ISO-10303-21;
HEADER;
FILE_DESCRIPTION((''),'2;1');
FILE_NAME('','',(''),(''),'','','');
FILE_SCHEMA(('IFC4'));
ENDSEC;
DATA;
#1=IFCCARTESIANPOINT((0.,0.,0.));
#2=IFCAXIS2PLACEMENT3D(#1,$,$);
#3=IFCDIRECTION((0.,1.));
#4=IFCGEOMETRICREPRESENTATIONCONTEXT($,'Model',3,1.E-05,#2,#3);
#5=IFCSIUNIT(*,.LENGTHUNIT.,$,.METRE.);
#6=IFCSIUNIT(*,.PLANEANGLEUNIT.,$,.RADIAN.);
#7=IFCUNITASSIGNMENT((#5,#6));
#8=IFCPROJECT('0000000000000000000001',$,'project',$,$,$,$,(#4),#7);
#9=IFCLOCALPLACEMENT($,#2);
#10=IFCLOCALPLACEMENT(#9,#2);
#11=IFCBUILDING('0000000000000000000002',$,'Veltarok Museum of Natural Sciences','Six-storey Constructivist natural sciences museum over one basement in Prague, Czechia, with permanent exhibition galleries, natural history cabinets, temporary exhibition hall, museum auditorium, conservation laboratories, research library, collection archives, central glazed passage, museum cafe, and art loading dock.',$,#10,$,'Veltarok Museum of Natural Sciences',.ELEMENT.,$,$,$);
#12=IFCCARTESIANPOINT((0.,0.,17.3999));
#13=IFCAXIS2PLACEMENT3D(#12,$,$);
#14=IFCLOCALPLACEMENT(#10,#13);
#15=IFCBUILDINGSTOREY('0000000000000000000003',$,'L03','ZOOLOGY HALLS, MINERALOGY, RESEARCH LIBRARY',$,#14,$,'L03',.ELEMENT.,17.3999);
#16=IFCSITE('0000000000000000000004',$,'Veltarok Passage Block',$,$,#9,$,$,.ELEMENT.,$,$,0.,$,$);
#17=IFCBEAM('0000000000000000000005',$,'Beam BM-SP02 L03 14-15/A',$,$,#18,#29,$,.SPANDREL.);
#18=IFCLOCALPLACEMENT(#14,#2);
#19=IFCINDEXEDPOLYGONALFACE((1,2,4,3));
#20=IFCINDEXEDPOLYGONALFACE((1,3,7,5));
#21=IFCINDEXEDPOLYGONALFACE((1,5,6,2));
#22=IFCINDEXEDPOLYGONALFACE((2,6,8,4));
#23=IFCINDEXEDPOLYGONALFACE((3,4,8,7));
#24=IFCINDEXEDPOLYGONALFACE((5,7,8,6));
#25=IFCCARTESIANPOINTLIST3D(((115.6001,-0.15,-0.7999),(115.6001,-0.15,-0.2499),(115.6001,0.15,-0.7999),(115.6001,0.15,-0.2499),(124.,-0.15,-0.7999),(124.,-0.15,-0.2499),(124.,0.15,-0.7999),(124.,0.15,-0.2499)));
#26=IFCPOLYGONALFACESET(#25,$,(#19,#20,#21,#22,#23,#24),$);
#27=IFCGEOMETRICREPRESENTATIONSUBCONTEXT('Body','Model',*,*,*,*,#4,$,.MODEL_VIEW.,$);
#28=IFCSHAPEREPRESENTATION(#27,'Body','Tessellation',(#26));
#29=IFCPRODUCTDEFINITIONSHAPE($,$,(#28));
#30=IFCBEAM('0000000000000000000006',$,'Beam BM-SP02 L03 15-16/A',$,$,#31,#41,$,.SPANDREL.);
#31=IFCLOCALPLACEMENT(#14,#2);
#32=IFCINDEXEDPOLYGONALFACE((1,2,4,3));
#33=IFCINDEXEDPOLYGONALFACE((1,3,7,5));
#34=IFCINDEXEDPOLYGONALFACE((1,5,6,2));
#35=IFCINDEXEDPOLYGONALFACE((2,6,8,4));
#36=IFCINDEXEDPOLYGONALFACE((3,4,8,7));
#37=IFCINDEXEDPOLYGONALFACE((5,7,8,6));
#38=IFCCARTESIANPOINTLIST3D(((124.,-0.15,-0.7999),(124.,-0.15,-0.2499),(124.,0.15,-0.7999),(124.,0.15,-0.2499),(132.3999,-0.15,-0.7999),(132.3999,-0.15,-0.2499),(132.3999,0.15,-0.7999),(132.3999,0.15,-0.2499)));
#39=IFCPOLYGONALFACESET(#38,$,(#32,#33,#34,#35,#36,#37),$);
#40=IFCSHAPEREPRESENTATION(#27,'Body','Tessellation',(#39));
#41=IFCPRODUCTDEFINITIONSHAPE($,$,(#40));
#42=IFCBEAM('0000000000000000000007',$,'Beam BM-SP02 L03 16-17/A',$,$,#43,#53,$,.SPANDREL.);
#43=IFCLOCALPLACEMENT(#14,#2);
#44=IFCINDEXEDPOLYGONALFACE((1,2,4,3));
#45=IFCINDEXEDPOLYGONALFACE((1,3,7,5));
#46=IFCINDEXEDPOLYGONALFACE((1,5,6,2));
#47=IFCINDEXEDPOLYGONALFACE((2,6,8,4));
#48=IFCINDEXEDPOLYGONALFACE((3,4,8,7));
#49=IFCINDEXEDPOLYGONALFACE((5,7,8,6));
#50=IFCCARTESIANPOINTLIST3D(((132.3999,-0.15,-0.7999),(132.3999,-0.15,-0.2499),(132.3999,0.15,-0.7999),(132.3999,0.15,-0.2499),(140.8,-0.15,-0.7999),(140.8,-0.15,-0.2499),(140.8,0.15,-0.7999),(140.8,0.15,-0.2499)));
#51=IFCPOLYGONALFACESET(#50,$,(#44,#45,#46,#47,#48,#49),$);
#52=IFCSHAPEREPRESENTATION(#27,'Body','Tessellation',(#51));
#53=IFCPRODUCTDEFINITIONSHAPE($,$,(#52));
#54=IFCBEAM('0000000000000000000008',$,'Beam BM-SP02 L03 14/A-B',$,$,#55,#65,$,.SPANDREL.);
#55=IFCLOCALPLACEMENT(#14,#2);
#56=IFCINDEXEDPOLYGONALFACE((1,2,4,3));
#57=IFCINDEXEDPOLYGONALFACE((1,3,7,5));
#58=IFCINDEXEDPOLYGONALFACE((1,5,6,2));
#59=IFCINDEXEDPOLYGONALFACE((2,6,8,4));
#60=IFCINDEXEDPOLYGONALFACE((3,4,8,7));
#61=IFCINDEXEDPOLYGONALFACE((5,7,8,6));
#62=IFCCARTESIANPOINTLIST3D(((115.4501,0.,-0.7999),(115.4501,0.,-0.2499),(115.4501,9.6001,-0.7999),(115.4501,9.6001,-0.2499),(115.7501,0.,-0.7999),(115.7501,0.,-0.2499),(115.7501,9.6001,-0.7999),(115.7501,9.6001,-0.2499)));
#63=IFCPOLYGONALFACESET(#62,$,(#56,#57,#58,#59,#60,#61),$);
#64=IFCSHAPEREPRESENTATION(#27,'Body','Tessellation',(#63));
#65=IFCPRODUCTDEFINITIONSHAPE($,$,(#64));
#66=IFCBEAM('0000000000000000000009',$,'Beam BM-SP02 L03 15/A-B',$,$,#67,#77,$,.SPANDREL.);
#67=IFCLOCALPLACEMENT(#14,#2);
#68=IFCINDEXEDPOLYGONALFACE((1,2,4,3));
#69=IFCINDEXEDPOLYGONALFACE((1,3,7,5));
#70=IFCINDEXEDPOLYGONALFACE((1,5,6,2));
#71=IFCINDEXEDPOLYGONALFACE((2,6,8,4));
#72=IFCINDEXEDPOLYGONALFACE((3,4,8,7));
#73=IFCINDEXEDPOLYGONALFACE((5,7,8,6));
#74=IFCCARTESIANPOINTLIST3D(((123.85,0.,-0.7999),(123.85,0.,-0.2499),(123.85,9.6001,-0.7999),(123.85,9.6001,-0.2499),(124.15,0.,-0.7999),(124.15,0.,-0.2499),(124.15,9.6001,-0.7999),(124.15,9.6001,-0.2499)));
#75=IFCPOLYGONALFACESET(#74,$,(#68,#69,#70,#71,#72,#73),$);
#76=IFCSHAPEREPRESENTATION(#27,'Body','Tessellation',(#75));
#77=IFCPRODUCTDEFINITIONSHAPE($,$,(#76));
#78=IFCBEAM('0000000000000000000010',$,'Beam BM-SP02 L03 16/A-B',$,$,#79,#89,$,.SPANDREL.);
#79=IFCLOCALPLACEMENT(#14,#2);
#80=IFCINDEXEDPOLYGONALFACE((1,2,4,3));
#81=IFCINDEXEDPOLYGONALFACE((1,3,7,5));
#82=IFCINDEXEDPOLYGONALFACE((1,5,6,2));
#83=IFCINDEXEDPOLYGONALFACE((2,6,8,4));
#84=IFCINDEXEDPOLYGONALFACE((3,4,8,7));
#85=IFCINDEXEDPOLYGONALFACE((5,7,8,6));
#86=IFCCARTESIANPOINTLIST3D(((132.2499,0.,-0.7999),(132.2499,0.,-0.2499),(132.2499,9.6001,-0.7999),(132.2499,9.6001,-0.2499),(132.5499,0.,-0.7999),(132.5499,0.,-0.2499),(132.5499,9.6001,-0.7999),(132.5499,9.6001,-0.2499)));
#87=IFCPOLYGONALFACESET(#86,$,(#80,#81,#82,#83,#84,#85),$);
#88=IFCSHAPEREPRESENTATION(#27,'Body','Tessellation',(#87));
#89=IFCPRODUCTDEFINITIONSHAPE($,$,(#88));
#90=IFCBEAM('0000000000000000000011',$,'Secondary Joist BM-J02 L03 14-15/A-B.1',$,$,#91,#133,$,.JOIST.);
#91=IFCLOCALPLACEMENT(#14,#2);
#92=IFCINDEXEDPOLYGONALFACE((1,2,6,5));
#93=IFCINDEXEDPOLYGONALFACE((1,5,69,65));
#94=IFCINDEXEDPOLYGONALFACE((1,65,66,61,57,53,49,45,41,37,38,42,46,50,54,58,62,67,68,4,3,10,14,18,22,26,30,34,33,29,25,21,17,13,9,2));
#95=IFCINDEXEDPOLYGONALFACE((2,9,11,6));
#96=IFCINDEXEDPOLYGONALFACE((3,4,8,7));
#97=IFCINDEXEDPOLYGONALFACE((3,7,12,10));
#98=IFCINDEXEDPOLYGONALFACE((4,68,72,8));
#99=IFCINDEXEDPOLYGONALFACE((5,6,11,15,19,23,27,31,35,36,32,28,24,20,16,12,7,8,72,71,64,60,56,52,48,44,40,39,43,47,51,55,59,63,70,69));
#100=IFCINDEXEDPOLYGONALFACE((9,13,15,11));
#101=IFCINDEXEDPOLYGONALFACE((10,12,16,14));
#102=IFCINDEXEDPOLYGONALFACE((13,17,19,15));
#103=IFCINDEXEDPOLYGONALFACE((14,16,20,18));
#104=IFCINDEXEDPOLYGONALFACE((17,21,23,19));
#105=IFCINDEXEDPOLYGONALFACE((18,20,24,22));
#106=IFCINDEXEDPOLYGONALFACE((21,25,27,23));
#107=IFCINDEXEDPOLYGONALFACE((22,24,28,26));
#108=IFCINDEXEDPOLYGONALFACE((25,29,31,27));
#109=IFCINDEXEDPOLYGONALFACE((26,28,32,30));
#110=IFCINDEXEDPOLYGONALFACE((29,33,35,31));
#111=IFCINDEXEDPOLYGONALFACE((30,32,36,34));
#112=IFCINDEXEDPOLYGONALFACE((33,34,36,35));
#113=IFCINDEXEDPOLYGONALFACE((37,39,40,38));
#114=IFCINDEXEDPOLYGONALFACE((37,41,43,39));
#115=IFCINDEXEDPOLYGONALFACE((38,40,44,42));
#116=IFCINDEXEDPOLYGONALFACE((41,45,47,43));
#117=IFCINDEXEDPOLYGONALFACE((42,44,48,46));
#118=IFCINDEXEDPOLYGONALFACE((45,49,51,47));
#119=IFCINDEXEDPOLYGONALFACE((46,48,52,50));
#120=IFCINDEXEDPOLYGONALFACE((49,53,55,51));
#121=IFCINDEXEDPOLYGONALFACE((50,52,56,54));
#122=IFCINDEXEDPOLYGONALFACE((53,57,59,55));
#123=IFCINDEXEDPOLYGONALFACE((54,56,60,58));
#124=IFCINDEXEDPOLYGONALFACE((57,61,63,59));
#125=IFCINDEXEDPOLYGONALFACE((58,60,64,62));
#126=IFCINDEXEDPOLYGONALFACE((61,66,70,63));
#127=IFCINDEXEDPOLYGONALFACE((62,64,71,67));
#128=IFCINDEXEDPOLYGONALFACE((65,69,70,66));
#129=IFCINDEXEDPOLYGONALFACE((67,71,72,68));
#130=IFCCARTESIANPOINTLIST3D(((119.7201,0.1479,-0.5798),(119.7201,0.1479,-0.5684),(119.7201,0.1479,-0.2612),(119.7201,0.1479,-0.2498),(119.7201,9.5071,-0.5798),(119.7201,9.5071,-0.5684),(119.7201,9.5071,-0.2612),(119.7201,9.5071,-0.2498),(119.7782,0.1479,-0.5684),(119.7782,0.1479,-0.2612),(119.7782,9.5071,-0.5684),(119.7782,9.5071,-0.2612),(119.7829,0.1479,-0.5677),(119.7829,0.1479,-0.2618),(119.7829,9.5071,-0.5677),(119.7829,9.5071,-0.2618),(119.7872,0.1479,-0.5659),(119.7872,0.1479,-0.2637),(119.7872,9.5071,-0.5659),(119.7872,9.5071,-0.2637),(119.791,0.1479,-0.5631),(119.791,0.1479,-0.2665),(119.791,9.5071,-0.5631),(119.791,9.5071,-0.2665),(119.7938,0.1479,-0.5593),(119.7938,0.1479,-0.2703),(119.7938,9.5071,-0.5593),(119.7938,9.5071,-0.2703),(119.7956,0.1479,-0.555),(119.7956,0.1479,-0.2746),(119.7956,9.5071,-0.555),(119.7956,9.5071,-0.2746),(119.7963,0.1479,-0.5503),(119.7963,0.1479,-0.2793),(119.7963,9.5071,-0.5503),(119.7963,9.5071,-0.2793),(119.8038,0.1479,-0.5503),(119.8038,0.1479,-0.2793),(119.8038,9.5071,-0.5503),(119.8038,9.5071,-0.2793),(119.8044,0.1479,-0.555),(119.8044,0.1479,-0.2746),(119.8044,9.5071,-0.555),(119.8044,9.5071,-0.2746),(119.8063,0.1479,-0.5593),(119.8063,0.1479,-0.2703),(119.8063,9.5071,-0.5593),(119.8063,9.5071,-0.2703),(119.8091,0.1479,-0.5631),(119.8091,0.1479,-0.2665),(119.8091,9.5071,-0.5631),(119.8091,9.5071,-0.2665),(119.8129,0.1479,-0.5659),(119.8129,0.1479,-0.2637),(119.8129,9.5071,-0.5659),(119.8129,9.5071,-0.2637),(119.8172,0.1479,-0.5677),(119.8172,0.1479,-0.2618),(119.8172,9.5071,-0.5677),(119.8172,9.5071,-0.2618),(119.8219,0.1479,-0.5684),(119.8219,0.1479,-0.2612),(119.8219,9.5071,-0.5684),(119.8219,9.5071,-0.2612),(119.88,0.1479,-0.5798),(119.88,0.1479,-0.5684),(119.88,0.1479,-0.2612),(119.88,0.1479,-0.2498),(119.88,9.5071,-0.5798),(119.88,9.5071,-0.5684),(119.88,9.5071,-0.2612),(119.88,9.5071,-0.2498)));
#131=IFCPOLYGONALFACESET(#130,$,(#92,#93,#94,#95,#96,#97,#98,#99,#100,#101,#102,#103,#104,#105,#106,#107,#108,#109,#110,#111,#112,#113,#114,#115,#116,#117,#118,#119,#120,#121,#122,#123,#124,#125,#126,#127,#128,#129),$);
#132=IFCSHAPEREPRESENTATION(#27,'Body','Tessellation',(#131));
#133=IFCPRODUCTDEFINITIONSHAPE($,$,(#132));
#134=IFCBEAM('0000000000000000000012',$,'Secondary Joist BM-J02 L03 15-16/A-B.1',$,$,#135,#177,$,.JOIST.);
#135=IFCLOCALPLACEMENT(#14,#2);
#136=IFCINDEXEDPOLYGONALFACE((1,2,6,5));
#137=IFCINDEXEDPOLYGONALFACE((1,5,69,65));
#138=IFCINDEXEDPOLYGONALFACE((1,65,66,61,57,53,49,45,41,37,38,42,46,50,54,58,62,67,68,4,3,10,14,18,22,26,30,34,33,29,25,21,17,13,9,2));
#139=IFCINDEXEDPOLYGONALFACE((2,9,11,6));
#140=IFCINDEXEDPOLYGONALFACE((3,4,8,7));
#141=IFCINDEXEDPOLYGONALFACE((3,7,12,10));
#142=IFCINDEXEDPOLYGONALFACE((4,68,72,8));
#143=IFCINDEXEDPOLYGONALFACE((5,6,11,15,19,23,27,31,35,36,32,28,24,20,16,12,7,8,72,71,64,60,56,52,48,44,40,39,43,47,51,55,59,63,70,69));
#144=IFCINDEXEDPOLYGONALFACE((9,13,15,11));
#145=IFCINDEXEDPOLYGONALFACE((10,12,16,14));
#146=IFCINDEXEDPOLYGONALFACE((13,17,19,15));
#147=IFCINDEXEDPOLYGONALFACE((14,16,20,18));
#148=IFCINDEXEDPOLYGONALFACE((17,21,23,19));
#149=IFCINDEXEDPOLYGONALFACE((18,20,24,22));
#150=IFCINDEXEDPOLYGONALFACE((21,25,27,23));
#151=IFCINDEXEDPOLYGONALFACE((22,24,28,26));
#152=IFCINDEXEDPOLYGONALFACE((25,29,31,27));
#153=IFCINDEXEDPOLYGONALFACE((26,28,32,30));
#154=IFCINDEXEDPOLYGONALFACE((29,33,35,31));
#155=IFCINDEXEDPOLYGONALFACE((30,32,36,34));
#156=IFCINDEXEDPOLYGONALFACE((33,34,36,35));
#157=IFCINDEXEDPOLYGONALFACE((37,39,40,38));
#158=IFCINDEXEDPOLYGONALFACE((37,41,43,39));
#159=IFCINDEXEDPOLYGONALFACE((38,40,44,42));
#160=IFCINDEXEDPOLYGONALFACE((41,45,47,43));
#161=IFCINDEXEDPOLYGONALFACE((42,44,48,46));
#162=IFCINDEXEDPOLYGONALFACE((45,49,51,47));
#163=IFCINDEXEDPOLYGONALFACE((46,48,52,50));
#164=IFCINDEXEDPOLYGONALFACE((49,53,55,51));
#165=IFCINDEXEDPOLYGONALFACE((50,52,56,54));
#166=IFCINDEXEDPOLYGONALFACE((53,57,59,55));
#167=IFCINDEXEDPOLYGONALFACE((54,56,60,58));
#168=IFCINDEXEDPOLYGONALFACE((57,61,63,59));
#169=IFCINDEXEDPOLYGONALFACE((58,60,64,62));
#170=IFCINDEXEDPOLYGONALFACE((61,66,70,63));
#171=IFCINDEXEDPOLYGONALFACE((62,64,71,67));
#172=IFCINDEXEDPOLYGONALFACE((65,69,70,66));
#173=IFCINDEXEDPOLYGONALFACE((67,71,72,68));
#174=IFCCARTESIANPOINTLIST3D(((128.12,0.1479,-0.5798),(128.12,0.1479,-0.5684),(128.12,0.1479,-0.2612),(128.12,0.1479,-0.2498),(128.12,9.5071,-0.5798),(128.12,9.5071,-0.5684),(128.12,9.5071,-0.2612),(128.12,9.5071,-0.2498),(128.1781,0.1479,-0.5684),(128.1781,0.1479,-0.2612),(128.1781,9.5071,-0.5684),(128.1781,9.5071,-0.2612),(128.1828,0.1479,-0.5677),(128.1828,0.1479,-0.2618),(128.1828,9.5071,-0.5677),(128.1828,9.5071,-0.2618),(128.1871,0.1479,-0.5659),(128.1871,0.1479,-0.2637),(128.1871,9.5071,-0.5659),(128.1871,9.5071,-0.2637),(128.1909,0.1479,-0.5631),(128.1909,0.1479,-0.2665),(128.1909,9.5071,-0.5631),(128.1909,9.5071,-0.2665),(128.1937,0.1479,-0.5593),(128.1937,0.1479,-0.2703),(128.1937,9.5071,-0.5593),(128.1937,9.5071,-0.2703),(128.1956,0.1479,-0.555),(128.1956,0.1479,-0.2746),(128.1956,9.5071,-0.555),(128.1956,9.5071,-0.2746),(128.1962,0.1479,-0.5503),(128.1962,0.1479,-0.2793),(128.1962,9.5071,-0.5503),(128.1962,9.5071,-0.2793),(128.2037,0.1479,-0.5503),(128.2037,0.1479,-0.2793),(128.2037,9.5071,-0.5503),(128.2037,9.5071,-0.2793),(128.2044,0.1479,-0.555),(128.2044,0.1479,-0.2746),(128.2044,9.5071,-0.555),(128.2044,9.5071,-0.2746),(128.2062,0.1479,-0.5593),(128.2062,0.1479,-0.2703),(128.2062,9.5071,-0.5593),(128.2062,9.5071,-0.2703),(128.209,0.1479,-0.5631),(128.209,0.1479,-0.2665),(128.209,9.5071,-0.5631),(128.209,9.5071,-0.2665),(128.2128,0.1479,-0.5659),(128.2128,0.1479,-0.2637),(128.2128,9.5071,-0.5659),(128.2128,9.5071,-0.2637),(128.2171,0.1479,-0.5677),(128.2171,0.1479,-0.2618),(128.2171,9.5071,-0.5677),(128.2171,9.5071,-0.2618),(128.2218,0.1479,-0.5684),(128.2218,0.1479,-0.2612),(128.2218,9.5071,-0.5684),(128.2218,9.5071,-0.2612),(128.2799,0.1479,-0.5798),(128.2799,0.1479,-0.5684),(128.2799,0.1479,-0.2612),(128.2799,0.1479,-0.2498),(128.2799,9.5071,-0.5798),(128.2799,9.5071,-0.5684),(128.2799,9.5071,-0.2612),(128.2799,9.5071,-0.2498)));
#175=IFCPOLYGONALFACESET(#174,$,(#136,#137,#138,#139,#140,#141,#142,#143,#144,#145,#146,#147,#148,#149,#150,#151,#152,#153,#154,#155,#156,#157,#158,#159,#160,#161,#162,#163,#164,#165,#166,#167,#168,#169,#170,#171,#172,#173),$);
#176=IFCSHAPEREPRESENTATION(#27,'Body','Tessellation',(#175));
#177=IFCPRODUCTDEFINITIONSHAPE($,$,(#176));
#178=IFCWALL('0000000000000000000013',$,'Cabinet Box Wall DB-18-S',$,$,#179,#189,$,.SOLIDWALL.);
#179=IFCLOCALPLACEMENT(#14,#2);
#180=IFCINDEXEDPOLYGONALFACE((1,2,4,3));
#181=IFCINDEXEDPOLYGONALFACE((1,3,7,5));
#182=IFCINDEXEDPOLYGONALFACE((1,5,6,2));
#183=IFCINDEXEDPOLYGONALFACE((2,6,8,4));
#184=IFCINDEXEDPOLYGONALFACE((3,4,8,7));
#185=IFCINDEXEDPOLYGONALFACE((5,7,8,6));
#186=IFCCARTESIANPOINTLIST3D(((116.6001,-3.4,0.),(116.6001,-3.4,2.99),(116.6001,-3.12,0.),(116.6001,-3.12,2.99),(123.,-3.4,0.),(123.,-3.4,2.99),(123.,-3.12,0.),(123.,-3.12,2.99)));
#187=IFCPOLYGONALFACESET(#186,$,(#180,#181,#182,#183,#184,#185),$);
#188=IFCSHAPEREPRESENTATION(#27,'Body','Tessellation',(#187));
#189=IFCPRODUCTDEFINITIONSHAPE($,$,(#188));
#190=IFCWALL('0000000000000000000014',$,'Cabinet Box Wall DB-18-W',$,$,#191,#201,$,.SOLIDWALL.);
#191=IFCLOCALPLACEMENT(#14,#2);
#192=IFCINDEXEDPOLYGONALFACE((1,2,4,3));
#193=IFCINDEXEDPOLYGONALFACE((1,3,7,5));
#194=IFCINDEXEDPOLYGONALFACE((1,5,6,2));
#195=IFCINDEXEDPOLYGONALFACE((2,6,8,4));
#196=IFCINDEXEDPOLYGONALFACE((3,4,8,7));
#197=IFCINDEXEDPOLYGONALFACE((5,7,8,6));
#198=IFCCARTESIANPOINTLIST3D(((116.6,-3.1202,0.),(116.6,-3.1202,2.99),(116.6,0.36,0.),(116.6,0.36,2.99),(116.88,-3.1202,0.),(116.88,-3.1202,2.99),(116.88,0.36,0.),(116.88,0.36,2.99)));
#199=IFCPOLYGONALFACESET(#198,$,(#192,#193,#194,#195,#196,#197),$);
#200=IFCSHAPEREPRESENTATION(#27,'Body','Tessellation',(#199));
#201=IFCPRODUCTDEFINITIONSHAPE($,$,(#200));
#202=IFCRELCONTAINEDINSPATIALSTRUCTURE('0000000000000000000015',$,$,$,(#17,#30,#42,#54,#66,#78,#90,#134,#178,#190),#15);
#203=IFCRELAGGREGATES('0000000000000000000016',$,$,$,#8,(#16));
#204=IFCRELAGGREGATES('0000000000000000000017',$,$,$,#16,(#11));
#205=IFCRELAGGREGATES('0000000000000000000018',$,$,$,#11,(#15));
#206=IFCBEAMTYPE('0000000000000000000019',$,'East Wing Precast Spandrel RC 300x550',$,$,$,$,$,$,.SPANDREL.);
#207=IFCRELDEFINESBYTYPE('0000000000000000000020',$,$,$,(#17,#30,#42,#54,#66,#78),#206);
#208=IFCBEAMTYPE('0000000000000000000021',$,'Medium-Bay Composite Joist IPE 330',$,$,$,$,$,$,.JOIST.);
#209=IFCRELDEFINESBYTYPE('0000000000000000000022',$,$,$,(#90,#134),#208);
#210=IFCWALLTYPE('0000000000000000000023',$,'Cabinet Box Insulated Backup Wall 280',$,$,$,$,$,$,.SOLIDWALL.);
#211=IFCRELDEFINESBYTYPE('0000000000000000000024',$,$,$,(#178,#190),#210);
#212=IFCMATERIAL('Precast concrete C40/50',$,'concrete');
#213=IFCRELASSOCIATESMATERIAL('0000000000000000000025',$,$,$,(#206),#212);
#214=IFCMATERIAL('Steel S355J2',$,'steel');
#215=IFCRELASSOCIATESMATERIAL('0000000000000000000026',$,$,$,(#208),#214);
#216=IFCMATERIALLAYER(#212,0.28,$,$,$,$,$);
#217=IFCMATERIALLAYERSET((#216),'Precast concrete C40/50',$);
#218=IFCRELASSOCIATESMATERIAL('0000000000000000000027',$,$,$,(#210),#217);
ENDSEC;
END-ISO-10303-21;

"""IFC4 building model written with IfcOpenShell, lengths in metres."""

from ifc_helpers import new_model, si_unit, direction, frame, frame_2d, origin, origin_2d, place, context, subcontext, project, spatial, rectangle, i_section, extrude, material, layer, layer_set, material_profile, profile_set, type_object, element, save


model = new_model("IFC4")

# Units and contexts
model_context = context("Model", 3, precision=1e-05, world=origin(), true_north=direction((0.0, 1.0)))
body_context = subcontext(model_context, "Body", "Model", "MODEL_VIEW")
ifc_project = project(units=[si_unit("LENGTHUNIT", "METRE"), si_unit("PLANEANGLEUNIT", "RADIAN")], contexts=[model_context])

# Site, building, storey
site_placement = place(None, origin())
site = spatial("IfcSite", under=ifc_project, at=site_placement, Name="Veltarok Passage Block", CompositionType="ELEMENT", RefElevation=0.0)
building_placement = place(site_placement, origin())
building = spatial("IfcBuilding", under=site, at=building_placement, Name="Veltarok Museum of Natural Sciences", Description="Six-storey Constructivist natural sciences museum over one basement in Prague, Czechia, with permanent exhibition galleries, natural history cabinets, temporary exhibition hall, museum auditorium, conservation laboratories, research library, collection archives, central glazed passage, museum cafe, and art loading dock.", LongName="Veltarok Museum of Natural Sciences", CompositionType="ELEMENT")
storey_placement = place(building_placement, frame((0.0, 0.0, 17.3999)))
storey = spatial("IfcBuildingStorey", under=building, at=storey_placement, Name="L03", Description="ZOOLOGY HALLS, MINERALOGY, RESEARCH LIBRARY", LongName="L03", CompositionType="ELEMENT", Elevation=17.3999)

# Shared definitions
ifc_material_1 = material(Name="Steel S355J2", Category="steel")

# Beams
ifc_material_2 = material(Name="Precast concrete C40/50", Category="concrete")
ifc_material_profile_1 = material_profile(ifc_material_2, rectangle(XDim=0.3, YDim=0.55, at=origin_2d()), Name="RC 300x550")
ifc_profile_set_1 = profile_set([ifc_material_profile_1], Name="Precast concrete C40/50")
beam_type_1 = type_object("IfcBeamType", Name="East Wing Precast Spandrel RC 300x550", PredefinedType="SPANDREL", material=ifc_profile_set_1)
for number, where, z_axis, x_axis, name in (
    (1, (115.6001, 0.0, -0.5249), (1.0, 0.0, 0.0), (0.0, 1.0, 0.0), "Beam BM-SP02 L03 14-15/A"),
    (2, (124.0, 0.0, -0.5249), (1.0, 0.0, 0.0), (0.0, 1.0, 0.0), "Beam BM-SP02 L03 15-16/A"),
):
    element("IfcBeam", number, at=place(storey_placement, frame(where, z_axis=z_axis, x_axis=x_axis)), inside=storey, type_object=beam_type_1, Name=name, PredefinedType="SPANDREL", context=body_context, shape_type="SweptSolid", body=[
        extrude(rectangle(XDim=0.3, YDim=0.55, at=origin_2d()), origin(), (0.0, 0.0, 1.0), 8.3999),
    ])
beam_1_placement = place(storey_placement, frame((132.3999, 0.0, -0.5249), z_axis=(1.0, 0.0, 0.0), x_axis=(0.0, 1.0, 0.0)))
element("IfcBeam", 3, at=beam_1_placement, inside=storey, type_object=beam_type_1, Name="Beam BM-SP02 L03 16-17/A", PredefinedType="SPANDREL", context=body_context, shape_type="SweptSolid", body=[
    extrude(rectangle(XDim=0.3, YDim=0.55, at=origin_2d()), origin(), (0.0, 0.0, 1.0), 8.4001),
])
for number, where, z_axis, x_axis, name in (
    (4, (115.6001, 0.0, -0.5249), (0.0, 1.0, 0.0), (-1.0, 0.0, 0.0), "Beam BM-SP02 L03 14/A-B"),
    (5, (124.0, 0.0, -0.5249), (0.0, 1.0, 0.0), (-1.0, 0.0, 0.0), "Beam BM-SP02 L03 15/A-B"),
    (6, (132.3999, 0.0, -0.5249), (0.0, 1.0, 0.0), (-1.0, 0.0, 0.0), "Beam BM-SP02 L03 16/A-B"),
):
    element("IfcBeam", number, at=place(storey_placement, frame(where, z_axis=z_axis, x_axis=x_axis)), inside=storey, type_object=beam_type_1, Name=name, PredefinedType="SPANDREL", context=body_context, shape_type="SweptSolid", body=[
        extrude(rectangle(XDim=0.3, YDim=0.55, at=origin_2d()), origin(), (0.0, 0.0, 1.0), 9.6001),
    ])
ifc_material_profile_2 = material_profile(ifc_material_1, i_section(OverallWidth=0.1599, OverallDepth=0.3301, WebThickness=0.0076, FlangeThickness=0.0115, FilletRadius=0.0181, at=origin_2d()), Name="IPE 330")
ifc_profile_set_2 = profile_set([ifc_material_profile_2], Name="Steel S355J2")
beam_type_2 = type_object("IfcBeamType", Name="Medium-Bay Composite Joist IPE 330", PredefinedType="JOIST", material=ifc_profile_set_2)
for number, where, z_axis, x_axis, name in (
    (7, (119.8, 0.1479, -0.4148), (0.0, 1.0, 0.0), (-1.0, 0.0, 0.0), "Secondary Joist BM-J02 L03 14-15/A-B.1"),
    (8, (128.2, 0.1479, -0.4148), (0.0, 1.0, 0.0), (-1.0, 0.0, 0.0), "Secondary Joist BM-J02 L03 15-16/A-B.1"),
):
    element("IfcBeam", number, at=place(storey_placement, frame(where, z_axis=z_axis, x_axis=x_axis)), inside=storey, type_object=beam_type_2, Name=name, PredefinedType="JOIST", context=body_context, shape_type="SweptSolid", body=[
        extrude(i_section(OverallWidth=0.1599, OverallDepth=0.3301, WebThickness=0.0076, FlangeThickness=0.0115, FilletRadius=0.0181, at=origin_2d()), origin(), (0.0, 0.0, 1.0), 9.3591),
    ])

# Walls
ifc_layer_1 = layer(ifc_material_2, 0.28)
ifc_layer_set_1 = layer_set([ifc_layer_1], Name="Precast concrete C40/50")
wall_type_1 = type_object("IfcWallType", Name="Cabinet Box Insulated Backup Wall 280", PredefinedType="SOLIDWALL", material=ifc_layer_set_1)
wall_1_placement = place(storey_placement, frame((116.6001, -3.26, 0.0), z_axis=(0.0, 0.0, 1.0), x_axis=(1.0, 0.0, 0.0)))
element("IfcWall", 9, at=wall_1_placement, inside=storey, type_object=wall_type_1, Name="Cabinet Box Wall DB-18-S", PredefinedType="SOLIDWALL", context=body_context, shape_type="SweptSolid", body=[
    extrude(rectangle(XDim=6.3999, YDim=0.28, at=frame_2d((3.2, 0.0))), origin(), (0.0, 0.0, 1.0), 2.99),
])
for number, where, z_axis, x_axis, name in (
    (10, (116.74, 0.3601, 0.0), (0.0, 0.0, 1.0), (0.0, -1.0, 0.0), "Cabinet Box Wall DB-18-W"),
):
    element("IfcWall", number, at=place(storey_placement, frame(where, z_axis=z_axis, x_axis=x_axis)), inside=storey, type_object=wall_type_1, Name=name, PredefinedType="SOLIDWALL", context=body_context, shape_type="SweptSolid", body=[
        extrude(rectangle(XDim=3.4802, YDim=0.28, at=frame_2d((1.7402, 0.0))), origin(), (0.0, 0.0, 1.0), 2.99),
    ])

save(model, "model.ifc")
